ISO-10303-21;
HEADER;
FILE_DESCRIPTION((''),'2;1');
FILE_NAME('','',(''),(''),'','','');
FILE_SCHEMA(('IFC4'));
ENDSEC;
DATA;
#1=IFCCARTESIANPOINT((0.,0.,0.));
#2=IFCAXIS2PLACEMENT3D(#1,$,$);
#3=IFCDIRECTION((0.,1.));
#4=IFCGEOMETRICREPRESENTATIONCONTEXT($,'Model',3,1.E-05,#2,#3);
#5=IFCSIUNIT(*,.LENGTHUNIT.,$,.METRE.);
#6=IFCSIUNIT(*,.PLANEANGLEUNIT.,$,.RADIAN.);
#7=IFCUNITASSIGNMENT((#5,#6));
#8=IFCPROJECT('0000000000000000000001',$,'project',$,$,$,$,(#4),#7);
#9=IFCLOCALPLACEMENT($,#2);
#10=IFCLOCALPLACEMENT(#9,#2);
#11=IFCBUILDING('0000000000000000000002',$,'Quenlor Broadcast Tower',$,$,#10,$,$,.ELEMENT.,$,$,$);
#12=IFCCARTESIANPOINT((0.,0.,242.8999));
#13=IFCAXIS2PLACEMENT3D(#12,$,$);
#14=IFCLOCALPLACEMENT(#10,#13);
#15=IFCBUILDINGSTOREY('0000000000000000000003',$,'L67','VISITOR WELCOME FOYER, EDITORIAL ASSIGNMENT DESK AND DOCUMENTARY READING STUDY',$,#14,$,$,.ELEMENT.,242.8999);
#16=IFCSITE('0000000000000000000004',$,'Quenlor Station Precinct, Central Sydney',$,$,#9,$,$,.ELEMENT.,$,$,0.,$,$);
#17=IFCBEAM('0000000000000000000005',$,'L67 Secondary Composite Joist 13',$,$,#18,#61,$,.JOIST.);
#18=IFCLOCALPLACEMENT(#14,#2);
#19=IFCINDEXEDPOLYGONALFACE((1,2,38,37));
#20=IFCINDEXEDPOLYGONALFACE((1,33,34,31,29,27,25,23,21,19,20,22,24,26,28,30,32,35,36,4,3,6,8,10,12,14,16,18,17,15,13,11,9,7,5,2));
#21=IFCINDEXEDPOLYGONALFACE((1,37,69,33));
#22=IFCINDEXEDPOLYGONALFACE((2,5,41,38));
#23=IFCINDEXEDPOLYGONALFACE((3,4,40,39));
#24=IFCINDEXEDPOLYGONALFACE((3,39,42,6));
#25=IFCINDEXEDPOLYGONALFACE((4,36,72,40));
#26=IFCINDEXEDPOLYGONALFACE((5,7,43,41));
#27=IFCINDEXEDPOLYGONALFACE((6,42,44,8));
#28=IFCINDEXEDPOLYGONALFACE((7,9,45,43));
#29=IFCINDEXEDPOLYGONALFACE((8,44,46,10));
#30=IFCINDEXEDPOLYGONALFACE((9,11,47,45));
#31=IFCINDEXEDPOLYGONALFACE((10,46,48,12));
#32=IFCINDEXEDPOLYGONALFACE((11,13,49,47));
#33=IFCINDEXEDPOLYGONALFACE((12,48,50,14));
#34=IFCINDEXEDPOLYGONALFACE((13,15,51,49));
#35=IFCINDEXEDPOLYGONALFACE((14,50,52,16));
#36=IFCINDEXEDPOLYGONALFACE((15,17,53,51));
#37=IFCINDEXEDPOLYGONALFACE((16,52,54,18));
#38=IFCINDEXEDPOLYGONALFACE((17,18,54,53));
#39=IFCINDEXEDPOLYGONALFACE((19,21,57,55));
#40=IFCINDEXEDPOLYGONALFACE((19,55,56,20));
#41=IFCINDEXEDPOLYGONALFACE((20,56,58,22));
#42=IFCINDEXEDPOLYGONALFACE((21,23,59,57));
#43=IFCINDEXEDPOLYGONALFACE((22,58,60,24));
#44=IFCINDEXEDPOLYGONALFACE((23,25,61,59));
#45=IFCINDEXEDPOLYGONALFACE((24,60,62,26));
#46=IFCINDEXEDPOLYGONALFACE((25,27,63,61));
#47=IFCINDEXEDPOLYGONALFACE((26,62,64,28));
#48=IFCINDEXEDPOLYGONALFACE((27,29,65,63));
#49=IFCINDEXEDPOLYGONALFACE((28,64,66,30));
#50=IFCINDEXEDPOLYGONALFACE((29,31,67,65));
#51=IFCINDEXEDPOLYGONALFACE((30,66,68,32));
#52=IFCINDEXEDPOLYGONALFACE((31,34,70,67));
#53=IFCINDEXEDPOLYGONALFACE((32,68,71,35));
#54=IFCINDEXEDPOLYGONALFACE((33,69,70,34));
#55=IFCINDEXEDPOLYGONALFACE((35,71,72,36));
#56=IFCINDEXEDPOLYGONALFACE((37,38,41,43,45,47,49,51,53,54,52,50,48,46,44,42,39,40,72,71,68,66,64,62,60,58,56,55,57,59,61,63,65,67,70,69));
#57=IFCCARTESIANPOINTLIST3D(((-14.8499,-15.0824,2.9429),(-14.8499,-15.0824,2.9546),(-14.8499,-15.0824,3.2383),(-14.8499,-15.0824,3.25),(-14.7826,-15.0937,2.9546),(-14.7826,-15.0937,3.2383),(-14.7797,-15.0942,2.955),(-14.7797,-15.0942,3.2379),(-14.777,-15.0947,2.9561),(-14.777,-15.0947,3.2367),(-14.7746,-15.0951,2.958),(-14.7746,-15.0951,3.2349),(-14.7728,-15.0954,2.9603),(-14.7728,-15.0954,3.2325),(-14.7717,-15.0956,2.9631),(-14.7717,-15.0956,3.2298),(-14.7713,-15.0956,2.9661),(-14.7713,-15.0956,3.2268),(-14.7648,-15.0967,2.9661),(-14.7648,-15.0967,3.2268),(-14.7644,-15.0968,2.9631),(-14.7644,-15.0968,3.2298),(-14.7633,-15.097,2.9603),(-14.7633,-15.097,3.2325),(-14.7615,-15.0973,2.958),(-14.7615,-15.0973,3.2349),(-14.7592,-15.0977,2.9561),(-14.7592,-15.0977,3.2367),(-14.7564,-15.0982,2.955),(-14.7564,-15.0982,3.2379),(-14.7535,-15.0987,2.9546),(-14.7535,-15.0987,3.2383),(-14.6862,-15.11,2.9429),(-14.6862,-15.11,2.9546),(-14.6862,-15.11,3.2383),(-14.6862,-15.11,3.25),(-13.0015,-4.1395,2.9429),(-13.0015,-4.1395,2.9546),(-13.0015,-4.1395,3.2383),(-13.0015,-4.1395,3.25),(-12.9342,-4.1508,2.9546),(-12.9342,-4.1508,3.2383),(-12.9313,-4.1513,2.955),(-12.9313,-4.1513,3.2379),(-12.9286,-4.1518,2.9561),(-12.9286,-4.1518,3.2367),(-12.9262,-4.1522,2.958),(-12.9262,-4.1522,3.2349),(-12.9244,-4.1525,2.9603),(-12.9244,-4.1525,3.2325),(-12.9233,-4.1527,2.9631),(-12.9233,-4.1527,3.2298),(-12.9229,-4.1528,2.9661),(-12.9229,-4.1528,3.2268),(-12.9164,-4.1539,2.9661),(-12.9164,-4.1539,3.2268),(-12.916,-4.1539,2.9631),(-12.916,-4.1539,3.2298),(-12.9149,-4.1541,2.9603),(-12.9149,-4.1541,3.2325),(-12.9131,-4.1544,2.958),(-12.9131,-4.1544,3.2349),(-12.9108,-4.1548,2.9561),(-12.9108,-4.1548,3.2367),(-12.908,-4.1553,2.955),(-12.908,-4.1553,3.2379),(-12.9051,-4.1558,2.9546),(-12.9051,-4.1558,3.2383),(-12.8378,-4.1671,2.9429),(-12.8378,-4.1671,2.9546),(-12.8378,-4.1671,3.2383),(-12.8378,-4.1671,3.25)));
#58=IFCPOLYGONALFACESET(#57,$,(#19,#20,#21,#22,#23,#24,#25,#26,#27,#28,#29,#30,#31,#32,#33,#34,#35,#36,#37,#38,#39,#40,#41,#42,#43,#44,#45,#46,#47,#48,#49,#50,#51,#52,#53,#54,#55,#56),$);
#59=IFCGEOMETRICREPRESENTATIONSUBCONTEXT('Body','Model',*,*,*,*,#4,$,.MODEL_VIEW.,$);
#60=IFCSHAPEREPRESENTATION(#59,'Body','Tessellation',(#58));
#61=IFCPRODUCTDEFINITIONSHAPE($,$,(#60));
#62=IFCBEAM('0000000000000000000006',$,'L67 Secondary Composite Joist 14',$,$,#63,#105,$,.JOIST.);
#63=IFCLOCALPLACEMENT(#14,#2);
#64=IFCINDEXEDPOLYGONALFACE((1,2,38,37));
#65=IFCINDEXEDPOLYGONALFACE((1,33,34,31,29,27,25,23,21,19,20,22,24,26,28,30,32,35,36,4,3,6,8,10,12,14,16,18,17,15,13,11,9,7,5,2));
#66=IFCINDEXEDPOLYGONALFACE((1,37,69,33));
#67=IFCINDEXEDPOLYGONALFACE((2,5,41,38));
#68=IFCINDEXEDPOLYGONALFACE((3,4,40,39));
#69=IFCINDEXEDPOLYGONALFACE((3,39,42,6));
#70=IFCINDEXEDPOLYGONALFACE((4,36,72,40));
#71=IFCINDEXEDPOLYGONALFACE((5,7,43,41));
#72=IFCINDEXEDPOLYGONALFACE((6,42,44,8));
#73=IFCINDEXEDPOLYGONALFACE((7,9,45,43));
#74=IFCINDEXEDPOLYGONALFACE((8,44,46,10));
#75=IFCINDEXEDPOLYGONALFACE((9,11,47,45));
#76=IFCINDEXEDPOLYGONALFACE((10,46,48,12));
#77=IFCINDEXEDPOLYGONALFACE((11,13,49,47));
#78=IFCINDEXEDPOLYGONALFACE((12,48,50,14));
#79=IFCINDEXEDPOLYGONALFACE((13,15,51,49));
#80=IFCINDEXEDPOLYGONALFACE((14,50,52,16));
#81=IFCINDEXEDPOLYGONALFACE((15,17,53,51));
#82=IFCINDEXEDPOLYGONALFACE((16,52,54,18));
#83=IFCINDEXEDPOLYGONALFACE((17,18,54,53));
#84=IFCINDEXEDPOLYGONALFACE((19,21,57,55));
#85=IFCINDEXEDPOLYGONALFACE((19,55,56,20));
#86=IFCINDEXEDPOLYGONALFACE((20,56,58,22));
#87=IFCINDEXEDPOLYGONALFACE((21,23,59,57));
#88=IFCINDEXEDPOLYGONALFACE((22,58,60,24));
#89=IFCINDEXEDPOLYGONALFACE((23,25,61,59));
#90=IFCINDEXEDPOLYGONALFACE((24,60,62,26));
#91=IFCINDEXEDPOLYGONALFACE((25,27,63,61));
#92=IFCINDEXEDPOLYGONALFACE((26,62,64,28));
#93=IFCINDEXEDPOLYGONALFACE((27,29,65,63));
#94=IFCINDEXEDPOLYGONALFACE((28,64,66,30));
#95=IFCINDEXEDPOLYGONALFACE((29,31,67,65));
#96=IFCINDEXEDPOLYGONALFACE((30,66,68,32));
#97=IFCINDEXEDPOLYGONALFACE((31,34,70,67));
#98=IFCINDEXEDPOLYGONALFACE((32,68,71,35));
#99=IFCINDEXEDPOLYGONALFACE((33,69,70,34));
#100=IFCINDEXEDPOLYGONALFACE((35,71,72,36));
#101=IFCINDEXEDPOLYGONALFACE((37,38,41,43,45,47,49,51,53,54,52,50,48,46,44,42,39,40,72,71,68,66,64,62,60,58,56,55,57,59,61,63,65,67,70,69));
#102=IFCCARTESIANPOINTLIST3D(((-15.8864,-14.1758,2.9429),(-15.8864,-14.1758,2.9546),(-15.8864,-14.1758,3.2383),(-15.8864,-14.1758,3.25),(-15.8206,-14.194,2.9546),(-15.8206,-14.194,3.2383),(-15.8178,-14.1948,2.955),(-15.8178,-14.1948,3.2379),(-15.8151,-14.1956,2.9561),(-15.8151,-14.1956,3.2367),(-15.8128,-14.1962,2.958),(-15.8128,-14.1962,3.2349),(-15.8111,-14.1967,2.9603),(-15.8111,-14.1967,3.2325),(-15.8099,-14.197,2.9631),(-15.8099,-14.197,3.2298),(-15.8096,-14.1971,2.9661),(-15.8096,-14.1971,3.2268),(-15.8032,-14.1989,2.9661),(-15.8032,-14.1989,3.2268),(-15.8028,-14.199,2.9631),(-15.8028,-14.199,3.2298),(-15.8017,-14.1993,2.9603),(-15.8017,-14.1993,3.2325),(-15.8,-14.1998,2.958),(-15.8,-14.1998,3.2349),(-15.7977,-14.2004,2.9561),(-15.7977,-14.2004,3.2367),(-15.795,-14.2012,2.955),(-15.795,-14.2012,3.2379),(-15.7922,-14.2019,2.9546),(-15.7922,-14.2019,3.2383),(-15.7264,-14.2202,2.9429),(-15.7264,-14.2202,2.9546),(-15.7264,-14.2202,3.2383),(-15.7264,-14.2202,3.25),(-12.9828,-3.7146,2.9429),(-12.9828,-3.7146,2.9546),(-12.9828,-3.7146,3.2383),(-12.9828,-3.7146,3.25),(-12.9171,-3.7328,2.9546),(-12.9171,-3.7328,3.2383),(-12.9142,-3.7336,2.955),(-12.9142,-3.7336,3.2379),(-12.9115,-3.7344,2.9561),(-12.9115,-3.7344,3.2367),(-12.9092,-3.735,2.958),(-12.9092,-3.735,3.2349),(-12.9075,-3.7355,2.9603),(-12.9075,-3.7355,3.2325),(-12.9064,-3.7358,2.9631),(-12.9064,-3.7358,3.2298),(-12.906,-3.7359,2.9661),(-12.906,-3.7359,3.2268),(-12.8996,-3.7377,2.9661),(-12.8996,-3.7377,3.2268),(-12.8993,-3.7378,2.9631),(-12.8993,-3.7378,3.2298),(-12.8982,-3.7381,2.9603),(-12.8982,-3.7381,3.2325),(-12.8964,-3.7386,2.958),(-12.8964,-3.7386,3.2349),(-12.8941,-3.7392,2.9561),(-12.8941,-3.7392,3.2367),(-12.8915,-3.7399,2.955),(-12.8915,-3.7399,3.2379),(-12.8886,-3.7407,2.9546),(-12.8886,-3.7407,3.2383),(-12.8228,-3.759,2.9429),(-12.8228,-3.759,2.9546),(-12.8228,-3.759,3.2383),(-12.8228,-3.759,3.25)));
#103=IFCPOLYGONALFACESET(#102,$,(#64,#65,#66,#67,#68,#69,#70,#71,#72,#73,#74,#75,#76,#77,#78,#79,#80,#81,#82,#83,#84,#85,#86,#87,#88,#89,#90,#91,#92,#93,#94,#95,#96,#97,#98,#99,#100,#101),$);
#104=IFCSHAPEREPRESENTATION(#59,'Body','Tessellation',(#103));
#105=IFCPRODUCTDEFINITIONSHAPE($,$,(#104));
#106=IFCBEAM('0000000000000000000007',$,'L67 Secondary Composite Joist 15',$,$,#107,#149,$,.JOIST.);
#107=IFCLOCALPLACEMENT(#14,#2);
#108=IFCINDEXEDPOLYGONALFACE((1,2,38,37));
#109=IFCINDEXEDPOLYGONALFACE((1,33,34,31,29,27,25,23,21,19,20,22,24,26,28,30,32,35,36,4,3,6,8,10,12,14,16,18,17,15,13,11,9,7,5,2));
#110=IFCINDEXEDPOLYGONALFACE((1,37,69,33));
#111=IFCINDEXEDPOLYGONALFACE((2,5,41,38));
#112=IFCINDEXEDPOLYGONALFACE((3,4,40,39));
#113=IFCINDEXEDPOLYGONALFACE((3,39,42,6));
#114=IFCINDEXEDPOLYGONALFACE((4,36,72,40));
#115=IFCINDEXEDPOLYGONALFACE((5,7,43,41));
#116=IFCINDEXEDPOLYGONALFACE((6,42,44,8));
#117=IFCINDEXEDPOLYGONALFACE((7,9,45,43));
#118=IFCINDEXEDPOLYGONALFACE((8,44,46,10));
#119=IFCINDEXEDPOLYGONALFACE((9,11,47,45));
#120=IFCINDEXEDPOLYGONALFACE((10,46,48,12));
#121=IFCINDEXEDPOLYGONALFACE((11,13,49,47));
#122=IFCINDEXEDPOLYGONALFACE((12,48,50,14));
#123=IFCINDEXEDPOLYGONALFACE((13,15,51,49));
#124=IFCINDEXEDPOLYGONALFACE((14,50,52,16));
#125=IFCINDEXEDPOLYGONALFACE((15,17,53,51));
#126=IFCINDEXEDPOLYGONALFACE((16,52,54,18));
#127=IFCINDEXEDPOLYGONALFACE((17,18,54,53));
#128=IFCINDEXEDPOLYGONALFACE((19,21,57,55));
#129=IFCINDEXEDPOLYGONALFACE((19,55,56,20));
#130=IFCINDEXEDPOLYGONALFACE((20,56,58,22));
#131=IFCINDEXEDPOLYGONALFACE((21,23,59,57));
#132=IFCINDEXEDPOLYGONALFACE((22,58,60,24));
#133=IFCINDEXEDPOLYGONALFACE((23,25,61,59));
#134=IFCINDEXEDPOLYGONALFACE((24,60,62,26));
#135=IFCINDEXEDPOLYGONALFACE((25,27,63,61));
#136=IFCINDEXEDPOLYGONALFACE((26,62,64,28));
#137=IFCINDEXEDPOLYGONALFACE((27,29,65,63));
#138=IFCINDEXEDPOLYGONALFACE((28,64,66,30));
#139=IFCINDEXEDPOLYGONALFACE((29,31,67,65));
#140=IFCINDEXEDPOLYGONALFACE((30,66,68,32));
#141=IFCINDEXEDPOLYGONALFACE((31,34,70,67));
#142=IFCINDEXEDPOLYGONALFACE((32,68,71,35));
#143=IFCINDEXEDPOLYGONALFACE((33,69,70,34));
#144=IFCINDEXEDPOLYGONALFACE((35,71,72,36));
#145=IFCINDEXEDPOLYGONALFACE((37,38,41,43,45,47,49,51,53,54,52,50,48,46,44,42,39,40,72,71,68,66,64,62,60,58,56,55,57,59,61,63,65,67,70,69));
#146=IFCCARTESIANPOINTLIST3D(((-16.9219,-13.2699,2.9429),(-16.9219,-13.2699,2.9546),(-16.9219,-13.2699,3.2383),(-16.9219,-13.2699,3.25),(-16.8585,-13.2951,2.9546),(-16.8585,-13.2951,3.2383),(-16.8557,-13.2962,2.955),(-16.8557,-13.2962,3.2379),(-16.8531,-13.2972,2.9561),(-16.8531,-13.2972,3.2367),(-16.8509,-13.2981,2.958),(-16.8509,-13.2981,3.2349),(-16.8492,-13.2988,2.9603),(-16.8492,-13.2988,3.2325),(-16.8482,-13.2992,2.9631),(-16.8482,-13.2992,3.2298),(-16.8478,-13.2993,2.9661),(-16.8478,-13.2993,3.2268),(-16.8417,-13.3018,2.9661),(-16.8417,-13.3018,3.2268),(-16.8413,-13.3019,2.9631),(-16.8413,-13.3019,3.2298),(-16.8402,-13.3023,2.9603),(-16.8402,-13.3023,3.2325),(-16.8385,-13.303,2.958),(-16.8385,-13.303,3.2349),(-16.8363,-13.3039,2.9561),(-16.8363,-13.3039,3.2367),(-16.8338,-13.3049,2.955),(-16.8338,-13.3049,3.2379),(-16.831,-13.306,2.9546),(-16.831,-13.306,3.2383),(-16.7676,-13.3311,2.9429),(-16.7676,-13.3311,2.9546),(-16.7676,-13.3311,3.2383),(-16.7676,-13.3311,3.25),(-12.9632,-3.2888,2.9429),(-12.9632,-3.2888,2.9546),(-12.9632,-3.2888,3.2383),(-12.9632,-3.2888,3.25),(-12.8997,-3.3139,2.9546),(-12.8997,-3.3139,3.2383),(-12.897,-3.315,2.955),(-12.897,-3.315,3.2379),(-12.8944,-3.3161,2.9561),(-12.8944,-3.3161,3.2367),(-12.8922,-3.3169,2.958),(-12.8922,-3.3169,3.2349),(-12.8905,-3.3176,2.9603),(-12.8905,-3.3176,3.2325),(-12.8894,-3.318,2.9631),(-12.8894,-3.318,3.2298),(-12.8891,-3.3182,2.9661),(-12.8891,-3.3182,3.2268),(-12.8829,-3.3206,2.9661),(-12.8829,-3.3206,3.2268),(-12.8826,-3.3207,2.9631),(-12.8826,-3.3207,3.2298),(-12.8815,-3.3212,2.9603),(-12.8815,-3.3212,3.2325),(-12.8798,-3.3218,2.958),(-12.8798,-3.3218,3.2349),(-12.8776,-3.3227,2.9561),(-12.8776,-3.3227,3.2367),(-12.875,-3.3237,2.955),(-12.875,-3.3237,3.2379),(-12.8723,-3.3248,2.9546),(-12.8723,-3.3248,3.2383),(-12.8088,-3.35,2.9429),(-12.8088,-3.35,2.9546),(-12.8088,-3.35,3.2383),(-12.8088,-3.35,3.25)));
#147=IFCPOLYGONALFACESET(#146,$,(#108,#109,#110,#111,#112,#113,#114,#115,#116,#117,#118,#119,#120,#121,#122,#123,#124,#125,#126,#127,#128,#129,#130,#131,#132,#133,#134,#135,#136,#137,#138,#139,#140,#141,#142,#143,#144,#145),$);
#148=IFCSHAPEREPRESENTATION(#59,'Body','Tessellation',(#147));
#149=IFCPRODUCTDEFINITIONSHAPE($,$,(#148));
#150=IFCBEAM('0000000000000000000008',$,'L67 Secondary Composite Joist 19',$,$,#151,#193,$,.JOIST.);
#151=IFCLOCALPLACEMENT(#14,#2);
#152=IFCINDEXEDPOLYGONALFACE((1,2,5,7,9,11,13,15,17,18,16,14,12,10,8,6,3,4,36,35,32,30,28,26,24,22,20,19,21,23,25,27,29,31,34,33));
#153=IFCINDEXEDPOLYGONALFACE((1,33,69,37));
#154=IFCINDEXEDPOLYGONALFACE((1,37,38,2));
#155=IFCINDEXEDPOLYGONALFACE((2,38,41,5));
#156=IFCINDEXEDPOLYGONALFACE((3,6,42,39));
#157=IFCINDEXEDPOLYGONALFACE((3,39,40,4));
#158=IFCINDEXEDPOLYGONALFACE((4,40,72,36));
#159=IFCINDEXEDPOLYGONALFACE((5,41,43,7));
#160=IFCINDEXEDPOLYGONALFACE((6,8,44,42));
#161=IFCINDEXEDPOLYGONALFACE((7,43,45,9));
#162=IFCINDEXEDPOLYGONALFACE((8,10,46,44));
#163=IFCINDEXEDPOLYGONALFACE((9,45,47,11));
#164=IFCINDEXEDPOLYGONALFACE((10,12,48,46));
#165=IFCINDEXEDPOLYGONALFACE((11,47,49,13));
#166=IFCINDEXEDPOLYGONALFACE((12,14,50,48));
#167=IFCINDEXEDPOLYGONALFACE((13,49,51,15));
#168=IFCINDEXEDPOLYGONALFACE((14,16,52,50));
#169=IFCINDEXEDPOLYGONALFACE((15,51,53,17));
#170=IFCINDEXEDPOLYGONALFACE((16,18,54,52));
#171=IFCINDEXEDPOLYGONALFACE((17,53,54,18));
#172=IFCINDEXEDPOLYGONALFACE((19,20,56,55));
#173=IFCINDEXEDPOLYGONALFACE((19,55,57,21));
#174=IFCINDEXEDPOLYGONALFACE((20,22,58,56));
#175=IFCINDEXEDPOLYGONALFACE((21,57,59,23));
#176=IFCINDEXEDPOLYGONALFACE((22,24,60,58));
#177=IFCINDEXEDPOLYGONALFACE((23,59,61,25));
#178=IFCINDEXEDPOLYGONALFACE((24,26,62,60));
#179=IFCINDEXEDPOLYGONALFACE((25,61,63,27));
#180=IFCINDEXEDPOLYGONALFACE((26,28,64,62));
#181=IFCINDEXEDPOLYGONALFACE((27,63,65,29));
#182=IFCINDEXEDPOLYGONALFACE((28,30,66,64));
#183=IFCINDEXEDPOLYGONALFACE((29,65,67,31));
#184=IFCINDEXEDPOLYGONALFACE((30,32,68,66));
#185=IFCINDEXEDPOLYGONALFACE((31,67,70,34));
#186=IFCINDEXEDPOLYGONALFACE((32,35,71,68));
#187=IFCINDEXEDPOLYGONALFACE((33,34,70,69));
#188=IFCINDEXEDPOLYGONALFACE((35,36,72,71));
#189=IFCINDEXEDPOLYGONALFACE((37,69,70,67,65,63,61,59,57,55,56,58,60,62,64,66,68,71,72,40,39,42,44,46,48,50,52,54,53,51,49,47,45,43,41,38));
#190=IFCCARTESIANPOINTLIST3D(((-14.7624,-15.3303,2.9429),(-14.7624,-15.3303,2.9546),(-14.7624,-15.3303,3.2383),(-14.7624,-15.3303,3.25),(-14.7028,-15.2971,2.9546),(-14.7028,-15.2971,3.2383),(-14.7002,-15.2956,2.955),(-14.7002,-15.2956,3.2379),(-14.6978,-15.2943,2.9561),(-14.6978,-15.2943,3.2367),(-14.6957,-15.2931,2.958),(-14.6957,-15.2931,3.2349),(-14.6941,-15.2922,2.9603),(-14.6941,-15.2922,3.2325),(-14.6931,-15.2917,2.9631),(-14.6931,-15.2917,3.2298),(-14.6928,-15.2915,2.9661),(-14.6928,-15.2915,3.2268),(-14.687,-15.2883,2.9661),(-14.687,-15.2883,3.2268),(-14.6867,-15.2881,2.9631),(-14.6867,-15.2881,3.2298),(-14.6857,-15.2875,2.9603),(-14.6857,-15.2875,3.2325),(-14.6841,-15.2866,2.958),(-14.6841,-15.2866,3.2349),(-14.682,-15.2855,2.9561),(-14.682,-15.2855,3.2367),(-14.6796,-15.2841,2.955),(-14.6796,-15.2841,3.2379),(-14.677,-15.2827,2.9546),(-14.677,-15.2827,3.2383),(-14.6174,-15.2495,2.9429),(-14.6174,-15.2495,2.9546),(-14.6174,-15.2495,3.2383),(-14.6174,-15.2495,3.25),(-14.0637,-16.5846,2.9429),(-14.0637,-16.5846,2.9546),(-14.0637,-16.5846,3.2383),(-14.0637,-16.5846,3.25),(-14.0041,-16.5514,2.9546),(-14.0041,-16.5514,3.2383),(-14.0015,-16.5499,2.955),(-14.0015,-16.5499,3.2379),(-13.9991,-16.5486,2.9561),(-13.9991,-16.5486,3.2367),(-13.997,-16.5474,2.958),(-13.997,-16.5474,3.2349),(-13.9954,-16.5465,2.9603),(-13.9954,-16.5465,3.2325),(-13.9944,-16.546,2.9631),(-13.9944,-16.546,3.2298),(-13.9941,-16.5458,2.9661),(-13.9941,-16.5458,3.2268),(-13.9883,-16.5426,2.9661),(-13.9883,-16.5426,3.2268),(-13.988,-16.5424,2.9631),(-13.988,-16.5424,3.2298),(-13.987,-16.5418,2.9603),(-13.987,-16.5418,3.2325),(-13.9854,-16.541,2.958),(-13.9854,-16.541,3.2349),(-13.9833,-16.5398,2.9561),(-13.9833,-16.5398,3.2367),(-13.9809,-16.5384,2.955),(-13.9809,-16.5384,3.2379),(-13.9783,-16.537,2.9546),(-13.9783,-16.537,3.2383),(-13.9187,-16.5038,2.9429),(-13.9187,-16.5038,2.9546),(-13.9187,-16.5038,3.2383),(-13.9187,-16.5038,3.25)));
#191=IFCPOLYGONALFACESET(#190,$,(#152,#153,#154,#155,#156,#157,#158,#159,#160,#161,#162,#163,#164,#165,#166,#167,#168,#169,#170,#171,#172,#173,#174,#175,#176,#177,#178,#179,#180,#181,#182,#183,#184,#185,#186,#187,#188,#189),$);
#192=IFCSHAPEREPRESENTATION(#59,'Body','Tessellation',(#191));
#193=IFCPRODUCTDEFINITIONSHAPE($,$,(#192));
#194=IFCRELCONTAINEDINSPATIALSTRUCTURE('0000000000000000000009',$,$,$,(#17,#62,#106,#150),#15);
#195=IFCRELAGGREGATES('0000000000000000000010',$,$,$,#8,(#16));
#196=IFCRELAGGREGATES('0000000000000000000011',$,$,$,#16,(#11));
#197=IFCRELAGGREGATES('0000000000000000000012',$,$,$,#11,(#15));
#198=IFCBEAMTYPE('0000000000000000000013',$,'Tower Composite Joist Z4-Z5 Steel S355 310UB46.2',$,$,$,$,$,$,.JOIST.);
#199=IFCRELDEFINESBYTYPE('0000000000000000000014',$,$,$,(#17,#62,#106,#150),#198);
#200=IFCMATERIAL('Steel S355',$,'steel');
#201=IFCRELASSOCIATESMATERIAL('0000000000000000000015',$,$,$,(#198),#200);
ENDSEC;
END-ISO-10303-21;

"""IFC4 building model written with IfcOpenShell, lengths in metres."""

from ifc_helpers import new_model, si_unit, direction, frame, origin, origin_2d, place, context, subcontext, project, spatial, i_section, extrude, material, material_profile, profile_set, type_object, element, save


model = new_model("IFC4")

# Units and contexts
model_context = context("Model", 3, precision=1e-05, world=origin(), true_north=direction((0.0, 1.0)))
body_context = subcontext(model_context, "Body", "Model", "MODEL_VIEW")
ifc_project = project(units=[si_unit("LENGTHUNIT", "METRE"), si_unit("PLANEANGLEUNIT", "RADIAN")], contexts=[model_context])

# Site, building, storey
site_placement = place(None, origin())
site = spatial("IfcSite", under=ifc_project, at=site_placement, Name="Quenlor Station Precinct, Central Sydney", CompositionType="ELEMENT", RefElevation=0.0)
building_placement = place(site_placement, origin())
building = spatial("IfcBuilding", under=site, at=building_placement, Name="Quenlor Broadcast Tower", CompositionType="ELEMENT")
storey_placement = place(building_placement, frame((0.0, 0.0, 242.8999)))
storey = spatial("IfcBuildingStorey", under=building, at=storey_placement, Name="L67", Description="VISITOR WELCOME FOYER, EDITORIAL ASSIGNMENT DESK AND DOCUMENTARY READING STUDY", CompositionType="ELEMENT", Elevation=242.8999)

# Beams
ifc_material_1 = material(Name="Steel S355", Category="steel")
ifc_material_profile_1 = material_profile(ifc_material_1, i_section(OverallWidth=0.166, OverallDepth=0.3071, WebThickness=0.0066, FlangeThickness=0.0117, FilletRadius=0.0115, at=origin_2d()))
ifc_profile_set_1 = profile_set([ifc_material_profile_1], Name="Steel S355 310UB46.2")
beam_type_1 = type_object("IfcBeamType", Name="Tower Composite Joist Z4-Z5 Steel S355 310UB46.2", PredefinedType="JOIST", material=ifc_profile_set_1)
beam_1_placement = place(storey_placement, frame((-14.7681, -15.0962, 3.0964), z_axis=(0.166553, 0.986032, 0.0), x_axis=(-0.986032, 0.166553, 0.0)))
element("IfcBeam", 1, at=beam_1_placement, inside=storey, type_object=beam_type_1, Name="L67 Secondary Composite Joist 13", PredefinedType="JOIST", context=body_context, shape_type="SweptSolid", body=[
    extrude(i_section(OverallWidth=0.166, OverallDepth=0.3071, WebThickness=0.0066, FlangeThickness=0.0117, FilletRadius=0.0115, at=origin_2d()), origin(), (0.0, 0.0, 1.0), 11.0979),
])
beam_2_placement = place(storey_placement, frame((-15.8064, -14.198, 3.0964), z_axis=(0.267446, 0.963573, 0.0), x_axis=(-0.963573, 0.267446, 0.0)))
element("IfcBeam", 2, at=beam_2_placement, inside=storey, type_object=beam_type_1, Name="L67 Secondary Composite Joist 14", PredefinedType="JOIST", context=body_context, shape_type="SweptSolid", body=[
    extrude(i_section(OverallWidth=0.166, OverallDepth=0.3071, WebThickness=0.0066, FlangeThickness=0.0117, FilletRadius=0.0115, at=origin_2d()), origin(), (0.0, 0.0, 1.0), 10.8567),
])
beam_3_placement = place(storey_placement, frame((-16.8447, -13.3005, 3.0964), z_axis=(0.36868, 0.929556, 0.0), x_axis=(-0.929556, 0.36868, 0.0)))
element("IfcBeam", 3, at=beam_3_placement, inside=storey, type_object=beam_type_1, Name="L67 Secondary Composite Joist 15", PredefinedType="JOIST", context=body_context, shape_type="SweptSolid", body=[
    extrude(i_section(OverallWidth=0.166, OverallDepth=0.3071, WebThickness=0.0066, FlangeThickness=0.0117, FilletRadius=0.0115, at=origin_2d()), origin(), (0.0, 0.0, 1.0), 10.7375),
])
beam_4_placement = place(storey_placement, frame((-13.9912, -16.5442, 3.0964), z_axis=(-0.486624, 0.873611, 0.0), x_axis=(-0.873611, -0.486624, 0.0)))
element("IfcBeam", 4, at=beam_4_placement, inside=storey, type_object=beam_type_1, Name="L67 Secondary Composite Joist 19", PredefinedType="JOIST", context=body_context, shape_type="SweptSolid", body=[
    extrude(i_section(OverallWidth=0.166, OverallDepth=0.3071, WebThickness=0.0066, FlangeThickness=0.0117, FilletRadius=0.0115, at=origin_2d()), origin(), (0.0, 0.0, 1.0), 1.4358),
])

save(model, "model.ifc")
